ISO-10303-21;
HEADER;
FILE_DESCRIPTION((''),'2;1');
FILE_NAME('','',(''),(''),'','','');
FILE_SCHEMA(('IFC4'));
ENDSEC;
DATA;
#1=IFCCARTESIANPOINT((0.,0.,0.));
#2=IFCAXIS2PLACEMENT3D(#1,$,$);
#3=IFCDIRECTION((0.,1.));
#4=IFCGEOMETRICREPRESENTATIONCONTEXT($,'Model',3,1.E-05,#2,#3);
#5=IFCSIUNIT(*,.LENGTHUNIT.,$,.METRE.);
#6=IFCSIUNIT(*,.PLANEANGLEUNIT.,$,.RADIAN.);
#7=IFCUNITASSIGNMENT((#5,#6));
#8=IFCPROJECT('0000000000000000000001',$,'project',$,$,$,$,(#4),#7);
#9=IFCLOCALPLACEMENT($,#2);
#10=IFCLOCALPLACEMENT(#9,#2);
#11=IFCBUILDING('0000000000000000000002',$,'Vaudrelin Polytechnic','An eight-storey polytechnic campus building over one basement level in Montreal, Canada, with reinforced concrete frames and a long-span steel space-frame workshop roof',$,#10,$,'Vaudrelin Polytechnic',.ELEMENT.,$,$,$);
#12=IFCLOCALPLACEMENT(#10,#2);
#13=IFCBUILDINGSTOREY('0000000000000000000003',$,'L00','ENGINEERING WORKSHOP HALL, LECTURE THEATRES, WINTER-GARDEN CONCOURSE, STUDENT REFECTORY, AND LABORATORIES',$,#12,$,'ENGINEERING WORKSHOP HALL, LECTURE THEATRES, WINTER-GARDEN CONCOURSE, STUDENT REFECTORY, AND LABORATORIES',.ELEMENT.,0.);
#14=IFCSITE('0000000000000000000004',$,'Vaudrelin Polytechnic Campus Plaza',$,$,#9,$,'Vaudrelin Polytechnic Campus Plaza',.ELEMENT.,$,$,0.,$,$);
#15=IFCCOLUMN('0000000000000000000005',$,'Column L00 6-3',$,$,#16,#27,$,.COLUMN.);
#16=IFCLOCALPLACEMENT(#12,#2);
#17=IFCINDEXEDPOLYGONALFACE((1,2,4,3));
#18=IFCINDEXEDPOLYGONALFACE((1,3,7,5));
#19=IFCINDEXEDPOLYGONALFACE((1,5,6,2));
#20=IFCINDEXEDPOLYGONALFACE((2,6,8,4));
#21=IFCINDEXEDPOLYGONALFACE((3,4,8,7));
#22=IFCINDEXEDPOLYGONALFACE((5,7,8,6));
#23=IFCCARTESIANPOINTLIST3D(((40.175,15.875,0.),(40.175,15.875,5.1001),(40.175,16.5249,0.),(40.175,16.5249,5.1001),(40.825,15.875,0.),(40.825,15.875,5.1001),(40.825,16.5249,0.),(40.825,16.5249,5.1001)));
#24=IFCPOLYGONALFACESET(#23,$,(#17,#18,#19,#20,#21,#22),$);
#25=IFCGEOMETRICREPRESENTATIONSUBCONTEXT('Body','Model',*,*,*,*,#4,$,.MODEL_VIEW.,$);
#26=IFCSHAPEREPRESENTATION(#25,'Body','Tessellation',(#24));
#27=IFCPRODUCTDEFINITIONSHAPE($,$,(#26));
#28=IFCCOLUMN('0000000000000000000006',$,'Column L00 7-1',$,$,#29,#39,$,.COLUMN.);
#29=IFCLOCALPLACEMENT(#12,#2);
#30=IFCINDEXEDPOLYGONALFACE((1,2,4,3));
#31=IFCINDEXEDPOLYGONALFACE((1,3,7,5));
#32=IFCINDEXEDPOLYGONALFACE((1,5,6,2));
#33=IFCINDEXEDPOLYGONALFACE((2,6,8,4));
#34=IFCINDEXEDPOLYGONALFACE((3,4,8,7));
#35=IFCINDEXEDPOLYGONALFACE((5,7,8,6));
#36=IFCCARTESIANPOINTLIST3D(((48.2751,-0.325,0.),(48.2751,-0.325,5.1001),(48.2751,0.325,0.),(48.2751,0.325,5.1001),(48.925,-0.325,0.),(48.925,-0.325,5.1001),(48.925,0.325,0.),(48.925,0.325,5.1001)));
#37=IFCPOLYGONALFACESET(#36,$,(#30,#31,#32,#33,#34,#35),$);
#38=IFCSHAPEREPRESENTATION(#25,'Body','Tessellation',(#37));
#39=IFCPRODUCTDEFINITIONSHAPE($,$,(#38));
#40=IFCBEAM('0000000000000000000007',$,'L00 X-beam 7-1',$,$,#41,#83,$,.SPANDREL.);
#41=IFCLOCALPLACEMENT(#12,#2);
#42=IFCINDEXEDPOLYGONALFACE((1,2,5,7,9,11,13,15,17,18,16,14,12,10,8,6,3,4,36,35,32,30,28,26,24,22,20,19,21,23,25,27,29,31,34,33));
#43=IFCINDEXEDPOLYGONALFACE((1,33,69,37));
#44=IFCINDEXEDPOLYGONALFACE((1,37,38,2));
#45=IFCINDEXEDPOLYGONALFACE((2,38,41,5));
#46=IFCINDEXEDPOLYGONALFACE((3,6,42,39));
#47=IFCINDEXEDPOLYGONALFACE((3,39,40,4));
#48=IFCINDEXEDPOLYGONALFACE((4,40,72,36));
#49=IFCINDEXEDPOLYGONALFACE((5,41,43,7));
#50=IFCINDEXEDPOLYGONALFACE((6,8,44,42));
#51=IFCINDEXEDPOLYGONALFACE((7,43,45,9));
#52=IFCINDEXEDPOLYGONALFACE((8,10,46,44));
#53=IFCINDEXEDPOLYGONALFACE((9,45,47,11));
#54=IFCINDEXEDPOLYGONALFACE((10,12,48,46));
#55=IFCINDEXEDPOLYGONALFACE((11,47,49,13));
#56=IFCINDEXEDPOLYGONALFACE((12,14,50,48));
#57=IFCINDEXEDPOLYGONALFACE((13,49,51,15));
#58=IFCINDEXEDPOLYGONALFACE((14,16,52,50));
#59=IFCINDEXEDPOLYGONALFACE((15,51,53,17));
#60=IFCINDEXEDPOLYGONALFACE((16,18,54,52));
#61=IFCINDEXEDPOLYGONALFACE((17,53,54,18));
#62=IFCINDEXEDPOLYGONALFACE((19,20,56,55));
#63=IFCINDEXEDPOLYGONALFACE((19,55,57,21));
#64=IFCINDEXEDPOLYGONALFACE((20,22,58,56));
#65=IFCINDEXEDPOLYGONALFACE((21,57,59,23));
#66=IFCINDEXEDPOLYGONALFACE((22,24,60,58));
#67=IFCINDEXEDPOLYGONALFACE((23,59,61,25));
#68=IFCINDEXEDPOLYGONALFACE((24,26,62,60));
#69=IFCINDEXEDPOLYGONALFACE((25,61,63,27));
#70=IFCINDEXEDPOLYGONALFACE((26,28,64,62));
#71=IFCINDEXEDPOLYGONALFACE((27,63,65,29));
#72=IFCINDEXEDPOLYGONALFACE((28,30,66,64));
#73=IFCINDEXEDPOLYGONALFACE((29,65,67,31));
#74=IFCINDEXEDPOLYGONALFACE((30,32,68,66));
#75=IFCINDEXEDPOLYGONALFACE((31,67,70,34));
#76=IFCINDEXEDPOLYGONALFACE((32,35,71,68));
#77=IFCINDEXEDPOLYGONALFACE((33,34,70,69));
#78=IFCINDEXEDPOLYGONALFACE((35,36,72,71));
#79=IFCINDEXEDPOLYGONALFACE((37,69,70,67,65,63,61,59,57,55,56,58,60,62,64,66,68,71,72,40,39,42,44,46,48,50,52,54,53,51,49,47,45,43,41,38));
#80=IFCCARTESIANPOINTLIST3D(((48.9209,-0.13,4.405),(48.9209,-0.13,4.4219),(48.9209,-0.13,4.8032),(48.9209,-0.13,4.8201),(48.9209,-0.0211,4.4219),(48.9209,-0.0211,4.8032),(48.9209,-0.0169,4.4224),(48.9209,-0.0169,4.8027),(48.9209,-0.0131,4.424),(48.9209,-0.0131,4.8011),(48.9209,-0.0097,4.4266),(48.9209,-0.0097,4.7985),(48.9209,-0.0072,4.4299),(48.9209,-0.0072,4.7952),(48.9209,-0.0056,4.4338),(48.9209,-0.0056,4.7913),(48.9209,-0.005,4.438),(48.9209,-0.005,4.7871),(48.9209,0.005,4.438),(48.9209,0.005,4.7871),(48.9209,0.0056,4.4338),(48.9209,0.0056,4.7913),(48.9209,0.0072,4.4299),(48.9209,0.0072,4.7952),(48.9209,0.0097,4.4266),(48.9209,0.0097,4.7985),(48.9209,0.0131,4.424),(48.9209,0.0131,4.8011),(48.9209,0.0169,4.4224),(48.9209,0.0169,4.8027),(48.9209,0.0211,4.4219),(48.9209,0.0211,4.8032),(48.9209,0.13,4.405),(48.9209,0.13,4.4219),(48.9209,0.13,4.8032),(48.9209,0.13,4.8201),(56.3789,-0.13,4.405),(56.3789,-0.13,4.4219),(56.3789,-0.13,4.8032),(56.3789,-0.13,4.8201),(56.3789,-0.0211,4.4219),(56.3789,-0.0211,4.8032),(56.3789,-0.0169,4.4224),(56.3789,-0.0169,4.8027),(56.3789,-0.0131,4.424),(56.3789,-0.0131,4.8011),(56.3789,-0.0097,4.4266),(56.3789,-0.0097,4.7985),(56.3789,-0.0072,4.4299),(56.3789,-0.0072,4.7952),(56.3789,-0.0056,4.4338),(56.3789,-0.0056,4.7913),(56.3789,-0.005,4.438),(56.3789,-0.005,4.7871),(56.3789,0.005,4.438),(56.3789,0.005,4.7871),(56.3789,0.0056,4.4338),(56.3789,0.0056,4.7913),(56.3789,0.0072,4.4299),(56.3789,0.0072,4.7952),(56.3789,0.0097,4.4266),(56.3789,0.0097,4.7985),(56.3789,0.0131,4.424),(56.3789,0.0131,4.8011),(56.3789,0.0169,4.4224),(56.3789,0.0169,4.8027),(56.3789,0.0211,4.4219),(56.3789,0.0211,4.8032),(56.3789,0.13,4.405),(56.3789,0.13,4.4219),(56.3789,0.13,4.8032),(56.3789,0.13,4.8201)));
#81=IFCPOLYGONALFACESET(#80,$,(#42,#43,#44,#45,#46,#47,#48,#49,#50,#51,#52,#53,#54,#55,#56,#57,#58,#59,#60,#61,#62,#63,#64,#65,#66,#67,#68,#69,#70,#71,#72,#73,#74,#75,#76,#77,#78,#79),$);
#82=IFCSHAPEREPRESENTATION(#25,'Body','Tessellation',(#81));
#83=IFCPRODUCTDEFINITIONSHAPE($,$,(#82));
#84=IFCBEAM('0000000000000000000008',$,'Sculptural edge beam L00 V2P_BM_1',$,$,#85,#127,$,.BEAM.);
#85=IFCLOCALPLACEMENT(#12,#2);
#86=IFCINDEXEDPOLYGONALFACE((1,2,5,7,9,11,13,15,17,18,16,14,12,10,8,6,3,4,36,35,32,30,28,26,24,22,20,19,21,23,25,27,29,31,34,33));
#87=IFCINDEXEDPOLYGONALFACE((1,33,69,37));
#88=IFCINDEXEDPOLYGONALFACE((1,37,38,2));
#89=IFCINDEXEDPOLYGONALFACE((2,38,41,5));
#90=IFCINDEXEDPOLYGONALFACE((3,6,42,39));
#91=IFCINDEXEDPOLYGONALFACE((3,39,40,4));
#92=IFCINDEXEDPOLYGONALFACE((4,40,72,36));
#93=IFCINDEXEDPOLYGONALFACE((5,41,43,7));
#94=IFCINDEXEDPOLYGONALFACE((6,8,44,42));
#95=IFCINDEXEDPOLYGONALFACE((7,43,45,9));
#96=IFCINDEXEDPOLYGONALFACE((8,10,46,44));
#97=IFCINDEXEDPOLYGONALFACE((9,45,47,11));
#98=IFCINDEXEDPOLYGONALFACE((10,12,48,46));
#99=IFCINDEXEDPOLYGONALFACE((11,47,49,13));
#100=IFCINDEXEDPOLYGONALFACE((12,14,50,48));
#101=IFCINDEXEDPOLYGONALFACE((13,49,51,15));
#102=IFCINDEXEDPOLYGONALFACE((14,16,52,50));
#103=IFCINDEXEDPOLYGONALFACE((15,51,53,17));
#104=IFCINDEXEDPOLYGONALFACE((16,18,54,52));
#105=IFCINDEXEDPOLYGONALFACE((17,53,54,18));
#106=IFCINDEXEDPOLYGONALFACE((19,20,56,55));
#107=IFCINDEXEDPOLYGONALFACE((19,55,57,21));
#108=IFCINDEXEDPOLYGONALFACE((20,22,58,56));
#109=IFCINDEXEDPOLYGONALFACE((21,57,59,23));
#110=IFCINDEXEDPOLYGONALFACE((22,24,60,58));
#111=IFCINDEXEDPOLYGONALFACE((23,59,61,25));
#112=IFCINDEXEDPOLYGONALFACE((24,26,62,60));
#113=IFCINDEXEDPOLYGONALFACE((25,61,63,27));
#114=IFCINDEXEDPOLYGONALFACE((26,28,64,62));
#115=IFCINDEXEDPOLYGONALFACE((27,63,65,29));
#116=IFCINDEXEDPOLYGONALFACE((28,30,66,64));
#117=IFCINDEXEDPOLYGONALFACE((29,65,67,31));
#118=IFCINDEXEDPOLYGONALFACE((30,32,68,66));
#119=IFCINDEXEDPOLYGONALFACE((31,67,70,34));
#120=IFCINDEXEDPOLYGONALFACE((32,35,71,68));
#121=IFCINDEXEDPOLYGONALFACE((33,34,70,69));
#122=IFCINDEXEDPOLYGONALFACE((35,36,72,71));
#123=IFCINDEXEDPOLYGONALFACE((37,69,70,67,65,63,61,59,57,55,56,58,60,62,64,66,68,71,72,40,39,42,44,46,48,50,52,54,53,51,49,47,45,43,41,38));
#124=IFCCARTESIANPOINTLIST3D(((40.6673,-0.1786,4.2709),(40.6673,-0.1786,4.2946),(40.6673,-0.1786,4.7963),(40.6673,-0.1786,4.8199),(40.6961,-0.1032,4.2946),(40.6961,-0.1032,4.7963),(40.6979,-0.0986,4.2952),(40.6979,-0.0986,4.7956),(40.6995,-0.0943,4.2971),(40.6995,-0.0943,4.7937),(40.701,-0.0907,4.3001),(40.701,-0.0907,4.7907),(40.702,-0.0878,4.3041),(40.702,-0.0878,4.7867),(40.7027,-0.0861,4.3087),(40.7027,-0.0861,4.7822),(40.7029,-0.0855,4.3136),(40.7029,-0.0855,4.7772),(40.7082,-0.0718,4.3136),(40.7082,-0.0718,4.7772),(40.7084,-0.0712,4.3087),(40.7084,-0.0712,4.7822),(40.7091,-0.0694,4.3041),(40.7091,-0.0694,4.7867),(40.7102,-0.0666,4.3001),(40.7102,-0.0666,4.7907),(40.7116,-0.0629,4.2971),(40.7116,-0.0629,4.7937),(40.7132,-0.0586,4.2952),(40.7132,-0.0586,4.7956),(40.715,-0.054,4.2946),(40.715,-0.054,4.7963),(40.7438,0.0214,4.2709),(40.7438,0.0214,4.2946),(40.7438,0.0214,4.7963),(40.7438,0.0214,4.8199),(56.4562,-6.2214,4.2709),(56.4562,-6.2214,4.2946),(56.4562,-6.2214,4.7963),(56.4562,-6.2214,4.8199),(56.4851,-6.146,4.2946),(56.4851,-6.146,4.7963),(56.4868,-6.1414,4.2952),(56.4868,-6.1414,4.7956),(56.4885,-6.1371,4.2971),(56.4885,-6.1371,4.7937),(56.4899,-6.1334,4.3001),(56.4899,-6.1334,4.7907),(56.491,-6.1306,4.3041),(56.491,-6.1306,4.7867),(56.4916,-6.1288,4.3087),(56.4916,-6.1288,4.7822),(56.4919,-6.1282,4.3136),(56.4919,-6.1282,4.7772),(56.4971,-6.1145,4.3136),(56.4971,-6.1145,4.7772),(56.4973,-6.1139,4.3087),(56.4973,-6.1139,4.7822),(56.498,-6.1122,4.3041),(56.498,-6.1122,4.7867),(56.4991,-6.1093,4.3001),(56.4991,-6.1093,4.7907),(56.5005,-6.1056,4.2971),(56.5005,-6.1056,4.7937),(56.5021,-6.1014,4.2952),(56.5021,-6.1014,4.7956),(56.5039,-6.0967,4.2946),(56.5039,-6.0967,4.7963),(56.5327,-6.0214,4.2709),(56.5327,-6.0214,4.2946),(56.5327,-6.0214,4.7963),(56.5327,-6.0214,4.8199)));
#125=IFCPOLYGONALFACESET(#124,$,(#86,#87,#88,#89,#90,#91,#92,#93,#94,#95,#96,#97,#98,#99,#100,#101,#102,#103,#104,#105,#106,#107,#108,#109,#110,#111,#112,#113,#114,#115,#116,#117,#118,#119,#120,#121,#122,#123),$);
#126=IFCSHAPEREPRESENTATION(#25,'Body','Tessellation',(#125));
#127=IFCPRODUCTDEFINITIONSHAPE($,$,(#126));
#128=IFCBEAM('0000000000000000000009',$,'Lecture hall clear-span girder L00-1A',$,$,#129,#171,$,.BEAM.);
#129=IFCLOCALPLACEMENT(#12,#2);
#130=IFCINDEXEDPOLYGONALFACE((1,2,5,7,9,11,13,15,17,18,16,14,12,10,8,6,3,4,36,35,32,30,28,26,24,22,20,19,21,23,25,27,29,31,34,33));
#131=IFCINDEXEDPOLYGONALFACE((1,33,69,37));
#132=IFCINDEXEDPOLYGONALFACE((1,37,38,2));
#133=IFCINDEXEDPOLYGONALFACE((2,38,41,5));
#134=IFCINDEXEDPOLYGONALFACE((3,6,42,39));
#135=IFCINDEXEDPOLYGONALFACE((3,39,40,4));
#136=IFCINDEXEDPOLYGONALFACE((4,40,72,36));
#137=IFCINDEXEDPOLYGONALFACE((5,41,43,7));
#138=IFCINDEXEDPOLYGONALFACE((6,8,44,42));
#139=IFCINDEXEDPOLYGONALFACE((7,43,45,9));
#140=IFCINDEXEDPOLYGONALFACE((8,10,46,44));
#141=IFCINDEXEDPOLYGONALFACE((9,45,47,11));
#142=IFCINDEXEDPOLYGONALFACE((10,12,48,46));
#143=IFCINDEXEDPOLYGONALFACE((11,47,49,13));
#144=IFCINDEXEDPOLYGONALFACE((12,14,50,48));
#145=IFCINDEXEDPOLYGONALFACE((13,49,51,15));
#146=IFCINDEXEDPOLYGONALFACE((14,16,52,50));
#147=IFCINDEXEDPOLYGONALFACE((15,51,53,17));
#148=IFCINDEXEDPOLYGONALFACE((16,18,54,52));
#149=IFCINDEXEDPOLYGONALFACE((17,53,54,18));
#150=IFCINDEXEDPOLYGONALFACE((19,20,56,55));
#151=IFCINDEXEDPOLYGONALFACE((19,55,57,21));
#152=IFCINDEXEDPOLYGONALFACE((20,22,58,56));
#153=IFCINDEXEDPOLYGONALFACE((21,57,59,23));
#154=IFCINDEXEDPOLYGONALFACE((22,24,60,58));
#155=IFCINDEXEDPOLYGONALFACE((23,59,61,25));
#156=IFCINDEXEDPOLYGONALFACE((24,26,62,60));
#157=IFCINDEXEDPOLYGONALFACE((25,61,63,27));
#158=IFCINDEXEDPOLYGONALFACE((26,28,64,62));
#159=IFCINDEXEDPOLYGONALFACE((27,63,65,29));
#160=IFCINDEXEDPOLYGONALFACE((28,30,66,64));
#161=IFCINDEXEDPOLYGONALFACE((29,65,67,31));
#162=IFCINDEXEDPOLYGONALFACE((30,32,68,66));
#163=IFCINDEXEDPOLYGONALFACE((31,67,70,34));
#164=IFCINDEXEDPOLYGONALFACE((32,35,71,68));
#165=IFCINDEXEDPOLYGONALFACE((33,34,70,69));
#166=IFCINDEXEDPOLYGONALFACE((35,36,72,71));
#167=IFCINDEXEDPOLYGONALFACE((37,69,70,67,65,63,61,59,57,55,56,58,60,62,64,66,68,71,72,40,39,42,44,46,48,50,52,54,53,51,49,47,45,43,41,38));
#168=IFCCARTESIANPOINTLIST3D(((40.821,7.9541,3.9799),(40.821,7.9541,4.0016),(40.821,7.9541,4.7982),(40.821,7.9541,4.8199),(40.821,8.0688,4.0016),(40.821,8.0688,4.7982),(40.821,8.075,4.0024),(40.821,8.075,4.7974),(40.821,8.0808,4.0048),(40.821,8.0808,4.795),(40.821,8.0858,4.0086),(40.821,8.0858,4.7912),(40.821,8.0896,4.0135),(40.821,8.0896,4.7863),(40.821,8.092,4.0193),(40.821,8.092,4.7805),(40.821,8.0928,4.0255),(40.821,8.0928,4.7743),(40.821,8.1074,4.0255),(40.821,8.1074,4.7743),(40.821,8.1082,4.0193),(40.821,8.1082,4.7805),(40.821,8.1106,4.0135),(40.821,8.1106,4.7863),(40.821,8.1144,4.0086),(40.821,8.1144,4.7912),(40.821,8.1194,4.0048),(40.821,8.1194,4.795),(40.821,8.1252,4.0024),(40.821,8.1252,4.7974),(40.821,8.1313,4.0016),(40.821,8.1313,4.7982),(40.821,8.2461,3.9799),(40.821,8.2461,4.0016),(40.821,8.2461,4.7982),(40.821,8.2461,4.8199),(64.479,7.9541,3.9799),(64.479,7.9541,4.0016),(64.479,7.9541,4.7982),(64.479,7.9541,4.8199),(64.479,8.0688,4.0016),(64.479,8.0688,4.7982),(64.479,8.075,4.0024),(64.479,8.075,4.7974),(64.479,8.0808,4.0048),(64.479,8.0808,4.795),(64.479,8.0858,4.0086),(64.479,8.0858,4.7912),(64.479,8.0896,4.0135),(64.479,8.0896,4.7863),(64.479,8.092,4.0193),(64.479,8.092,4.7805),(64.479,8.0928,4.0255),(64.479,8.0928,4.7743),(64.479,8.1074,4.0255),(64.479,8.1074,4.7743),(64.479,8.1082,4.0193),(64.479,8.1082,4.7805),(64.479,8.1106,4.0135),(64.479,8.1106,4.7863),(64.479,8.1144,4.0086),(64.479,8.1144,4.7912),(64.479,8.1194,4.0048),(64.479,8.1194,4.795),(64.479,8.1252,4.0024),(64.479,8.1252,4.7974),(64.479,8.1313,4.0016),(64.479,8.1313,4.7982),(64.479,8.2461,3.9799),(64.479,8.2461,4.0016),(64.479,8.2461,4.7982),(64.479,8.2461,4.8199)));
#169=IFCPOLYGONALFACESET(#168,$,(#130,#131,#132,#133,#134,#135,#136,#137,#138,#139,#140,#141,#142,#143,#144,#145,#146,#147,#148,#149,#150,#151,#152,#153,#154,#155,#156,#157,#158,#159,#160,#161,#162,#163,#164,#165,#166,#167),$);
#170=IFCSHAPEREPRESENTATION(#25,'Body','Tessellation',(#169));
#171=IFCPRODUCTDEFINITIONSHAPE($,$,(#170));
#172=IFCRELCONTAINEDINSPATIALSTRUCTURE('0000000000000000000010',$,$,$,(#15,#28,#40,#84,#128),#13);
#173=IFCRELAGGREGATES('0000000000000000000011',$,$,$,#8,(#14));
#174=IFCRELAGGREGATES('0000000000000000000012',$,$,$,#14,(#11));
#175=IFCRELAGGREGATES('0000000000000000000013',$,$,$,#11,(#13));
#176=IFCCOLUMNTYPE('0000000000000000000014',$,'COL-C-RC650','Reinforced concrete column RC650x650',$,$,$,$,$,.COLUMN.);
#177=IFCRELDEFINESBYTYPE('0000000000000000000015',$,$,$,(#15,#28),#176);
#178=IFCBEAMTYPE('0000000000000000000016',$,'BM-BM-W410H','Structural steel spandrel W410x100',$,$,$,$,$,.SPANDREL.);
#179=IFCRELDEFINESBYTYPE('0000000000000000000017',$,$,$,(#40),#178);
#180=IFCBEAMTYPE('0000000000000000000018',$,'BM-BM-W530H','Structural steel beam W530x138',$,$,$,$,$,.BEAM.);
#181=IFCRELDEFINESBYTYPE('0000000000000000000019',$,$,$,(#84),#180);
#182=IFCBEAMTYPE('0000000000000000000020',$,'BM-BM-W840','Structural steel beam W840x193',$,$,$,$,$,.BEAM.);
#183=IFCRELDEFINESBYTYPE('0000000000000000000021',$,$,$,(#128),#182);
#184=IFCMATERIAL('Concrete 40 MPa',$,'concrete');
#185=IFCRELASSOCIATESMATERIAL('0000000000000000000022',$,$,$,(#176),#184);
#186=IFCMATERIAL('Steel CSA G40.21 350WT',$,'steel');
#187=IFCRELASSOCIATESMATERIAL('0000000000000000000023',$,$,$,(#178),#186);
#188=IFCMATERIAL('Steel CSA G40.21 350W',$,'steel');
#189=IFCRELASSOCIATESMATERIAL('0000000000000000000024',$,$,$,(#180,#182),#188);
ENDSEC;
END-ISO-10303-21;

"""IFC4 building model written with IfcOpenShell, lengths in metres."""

from ifc_helpers import new_model, si_unit, direction, frame, origin, origin_2d, place, context, subcontext, project, spatial, rectangle, i_section, extrude, material, material_profile, profile_set, type_object, element, save


model = new_model("IFC4")

# Units and contexts
model_context = context("Model", 3, precision=1e-05, world=origin(), true_north=direction((0.0, 1.0)))
body_context = subcontext(model_context, "Body", "Model", "MODEL_VIEW")
ifc_project = project(units=[si_unit("LENGTHUNIT", "METRE"), si_unit("PLANEANGLEUNIT", "RADIAN")], contexts=[model_context])

# Site, building, storey
site_placement = place(None, origin())
site = spatial("IfcSite", under=ifc_project, at=site_placement, Name="Vaudrelin Polytechnic Campus Plaza", LongName="Vaudrelin Polytechnic Campus Plaza", CompositionType="ELEMENT", RefElevation=0.0)
building_placement = place(site_placement, origin())
building = spatial("IfcBuilding", under=site, at=building_placement, Name="Vaudrelin Polytechnic", Description="An eight-storey polytechnic campus building over one basement level in Montreal, Canada, with reinforced concrete frames and a long-span steel space-frame workshop roof", LongName="Vaudrelin Polytechnic", CompositionType="ELEMENT")
storey_placement = place(building_placement, origin())
storey = spatial("IfcBuildingStorey", under=building, at=storey_placement, Name="L00", Description="ENGINEERING WORKSHOP HALL, LECTURE THEATRES, WINTER-GARDEN CONCOURSE, STUDENT REFECTORY, AND LABORATORIES", LongName="ENGINEERING WORKSHOP HALL, LECTURE THEATRES, WINTER-GARDEN CONCOURSE, STUDENT REFECTORY, AND LABORATORIES", CompositionType="ELEMENT", Elevation=0.0)

# Columns
ifc_material_1 = material(Name="Concrete 40 MPa", Category="concrete")
ifc_material_profile_1 = material_profile(ifc_material_1, rectangle(XDim=0.6499, YDim=0.6499, at=origin_2d()), Name="RC650x650")
ifc_profile_set_1 = profile_set([ifc_material_profile_1], Name="Concrete 40 MPa")
column_type = type_object("IfcColumnType", Name="COL-C-RC650", Description="Reinforced concrete column RC650x650", PredefinedType="COLUMN", material=ifc_profile_set_1)
for number, where, z_axis, x_axis, name in (
    (1, (40.5, 16.2, 0.0), (0.0, 0.0, 1.0), (1.0, 0.0, 0.0), "Column L00 6-3"),
    (2, (48.6001, 0.0, 0.0), (0.0, 0.0, 1.0), (1.0, 0.0, 0.0), "Column L00 7-1"),
):
    element("IfcColumn", number, at=place(storey_placement, frame(where, z_axis=z_axis, x_axis=x_axis)), inside=storey, type_object=column_type, Name=name, PredefinedType="COLUMN", context=body_context, shape_type="SweptSolid", body=[
        extrude(rectangle(XDim=0.6499, YDim=0.6499, at=origin_2d()), origin(), (0.0, 0.0, 1.0), 5.1001),
    ])

# Beams
ifc_material_2 = material(Name="Steel CSA G40.21 350WT", Category="steel")
ifc_material_profile_2 = material_profile(ifc_material_2, i_section(OverallWidth=0.26, OverallDepth=0.415, WebThickness=0.01, FlangeThickness=0.0168, FilletRadius=0.0161, at=origin_2d()), Name="W410x100")
ifc_profile_set_2 = profile_set([ifc_material_profile_2], Name="Steel CSA G40.21 350WT")
beam_type_1 = type_object("IfcBeamType", Name="BM-BM-W410H", Description="Structural steel spandrel W410x100", PredefinedType="SPANDREL", material=ifc_profile_set_2)
beam_1_placement = place(storey_placement, frame((48.9209, 0.0, 4.6125), z_axis=(1.0, 0.0, 0.0), x_axis=(0.0, 1.0, 0.0)))
element("IfcBeam", 3, at=beam_1_placement, inside=storey, type_object=beam_type_1, Name="L00 X-beam 7-1", PredefinedType="SPANDREL", context=body_context, shape_type="SweptSolid", body=[
    extrude(i_section(OverallWidth=0.26, OverallDepth=0.415, WebThickness=0.01, FlangeThickness=0.0168, FilletRadius=0.0161, at=origin_2d()), origin(), (0.0, 0.0, 1.0), 7.458),
])
ifc_material_3 = material(Name="Steel CSA G40.21 350W", Category="steel")
ifc_material_profile_3 = material_profile(ifc_material_3, i_section(OverallWidth=0.2141, OverallDepth=0.5491, WebThickness=0.0146, FlangeThickness=0.0237, FilletRadius=0.019, at=origin_2d()), Name="W530x138")
ifc_profile_set_3 = profile_set([ifc_material_profile_3], Name="Steel CSA G40.21 350W")
beam_type_2 = type_object("IfcBeamType", Name="BM-BM-W530H", Description="Structural steel beam W530x138", PredefinedType="BEAM", material=ifc_profile_set_3)
beam_2_placement = place(storey_placement, frame((40.7056, -0.0786, 4.5454), z_axis=(0.933937, -0.357438, 0.0), x_axis=(0.357438, 0.933937, 0.0)))
element("IfcBeam", 4, at=beam_2_placement, inside=storey, type_object=beam_type_2, Name="Sculptural edge beam L00 V2P_BM_1", PredefinedType="BEAM", context=body_context, shape_type="SweptSolid", body=[
    extrude(i_section(OverallWidth=0.2141, OverallDepth=0.5491, WebThickness=0.0146, FlangeThickness=0.0237, FilletRadius=0.019, at=origin_2d()), origin(), (0.0, 0.0, 1.0), 16.9058),
])
ifc_material_profile_4 = material_profile(ifc_material_3, i_section(OverallWidth=0.292, OverallDepth=0.8401, WebThickness=0.0146, FlangeThickness=0.0217, FilletRadius=0.0239, at=origin_2d()), Name="W840x193")
ifc_profile_set_4 = profile_set([ifc_material_profile_4], Name="Steel CSA G40.21 350W")
beam_type_3 = type_object("IfcBeamType", Name="BM-BM-W840", Description="Structural steel beam W840x193", PredefinedType="BEAM", material=ifc_profile_set_4)
beam_3_placement = place(storey_placement, frame((40.821, 8.1001, 4.3999), z_axis=(1.0, 0.0, 0.0), x_axis=(0.0, 1.0, 0.0)))
element("IfcBeam", 5, at=beam_3_placement, inside=storey, type_object=beam_type_3, Name="Lecture hall clear-span girder L00-1A", PredefinedType="BEAM", context=body_context, shape_type="SweptSolid", body=[
    extrude(i_section(OverallWidth=0.292, OverallDepth=0.8401, WebThickness=0.0146, FlangeThickness=0.0217, FilletRadius=0.0239, at=origin_2d()), origin(), (0.0, 0.0, 1.0), 23.658),
])

save(model, "model.ifc")
